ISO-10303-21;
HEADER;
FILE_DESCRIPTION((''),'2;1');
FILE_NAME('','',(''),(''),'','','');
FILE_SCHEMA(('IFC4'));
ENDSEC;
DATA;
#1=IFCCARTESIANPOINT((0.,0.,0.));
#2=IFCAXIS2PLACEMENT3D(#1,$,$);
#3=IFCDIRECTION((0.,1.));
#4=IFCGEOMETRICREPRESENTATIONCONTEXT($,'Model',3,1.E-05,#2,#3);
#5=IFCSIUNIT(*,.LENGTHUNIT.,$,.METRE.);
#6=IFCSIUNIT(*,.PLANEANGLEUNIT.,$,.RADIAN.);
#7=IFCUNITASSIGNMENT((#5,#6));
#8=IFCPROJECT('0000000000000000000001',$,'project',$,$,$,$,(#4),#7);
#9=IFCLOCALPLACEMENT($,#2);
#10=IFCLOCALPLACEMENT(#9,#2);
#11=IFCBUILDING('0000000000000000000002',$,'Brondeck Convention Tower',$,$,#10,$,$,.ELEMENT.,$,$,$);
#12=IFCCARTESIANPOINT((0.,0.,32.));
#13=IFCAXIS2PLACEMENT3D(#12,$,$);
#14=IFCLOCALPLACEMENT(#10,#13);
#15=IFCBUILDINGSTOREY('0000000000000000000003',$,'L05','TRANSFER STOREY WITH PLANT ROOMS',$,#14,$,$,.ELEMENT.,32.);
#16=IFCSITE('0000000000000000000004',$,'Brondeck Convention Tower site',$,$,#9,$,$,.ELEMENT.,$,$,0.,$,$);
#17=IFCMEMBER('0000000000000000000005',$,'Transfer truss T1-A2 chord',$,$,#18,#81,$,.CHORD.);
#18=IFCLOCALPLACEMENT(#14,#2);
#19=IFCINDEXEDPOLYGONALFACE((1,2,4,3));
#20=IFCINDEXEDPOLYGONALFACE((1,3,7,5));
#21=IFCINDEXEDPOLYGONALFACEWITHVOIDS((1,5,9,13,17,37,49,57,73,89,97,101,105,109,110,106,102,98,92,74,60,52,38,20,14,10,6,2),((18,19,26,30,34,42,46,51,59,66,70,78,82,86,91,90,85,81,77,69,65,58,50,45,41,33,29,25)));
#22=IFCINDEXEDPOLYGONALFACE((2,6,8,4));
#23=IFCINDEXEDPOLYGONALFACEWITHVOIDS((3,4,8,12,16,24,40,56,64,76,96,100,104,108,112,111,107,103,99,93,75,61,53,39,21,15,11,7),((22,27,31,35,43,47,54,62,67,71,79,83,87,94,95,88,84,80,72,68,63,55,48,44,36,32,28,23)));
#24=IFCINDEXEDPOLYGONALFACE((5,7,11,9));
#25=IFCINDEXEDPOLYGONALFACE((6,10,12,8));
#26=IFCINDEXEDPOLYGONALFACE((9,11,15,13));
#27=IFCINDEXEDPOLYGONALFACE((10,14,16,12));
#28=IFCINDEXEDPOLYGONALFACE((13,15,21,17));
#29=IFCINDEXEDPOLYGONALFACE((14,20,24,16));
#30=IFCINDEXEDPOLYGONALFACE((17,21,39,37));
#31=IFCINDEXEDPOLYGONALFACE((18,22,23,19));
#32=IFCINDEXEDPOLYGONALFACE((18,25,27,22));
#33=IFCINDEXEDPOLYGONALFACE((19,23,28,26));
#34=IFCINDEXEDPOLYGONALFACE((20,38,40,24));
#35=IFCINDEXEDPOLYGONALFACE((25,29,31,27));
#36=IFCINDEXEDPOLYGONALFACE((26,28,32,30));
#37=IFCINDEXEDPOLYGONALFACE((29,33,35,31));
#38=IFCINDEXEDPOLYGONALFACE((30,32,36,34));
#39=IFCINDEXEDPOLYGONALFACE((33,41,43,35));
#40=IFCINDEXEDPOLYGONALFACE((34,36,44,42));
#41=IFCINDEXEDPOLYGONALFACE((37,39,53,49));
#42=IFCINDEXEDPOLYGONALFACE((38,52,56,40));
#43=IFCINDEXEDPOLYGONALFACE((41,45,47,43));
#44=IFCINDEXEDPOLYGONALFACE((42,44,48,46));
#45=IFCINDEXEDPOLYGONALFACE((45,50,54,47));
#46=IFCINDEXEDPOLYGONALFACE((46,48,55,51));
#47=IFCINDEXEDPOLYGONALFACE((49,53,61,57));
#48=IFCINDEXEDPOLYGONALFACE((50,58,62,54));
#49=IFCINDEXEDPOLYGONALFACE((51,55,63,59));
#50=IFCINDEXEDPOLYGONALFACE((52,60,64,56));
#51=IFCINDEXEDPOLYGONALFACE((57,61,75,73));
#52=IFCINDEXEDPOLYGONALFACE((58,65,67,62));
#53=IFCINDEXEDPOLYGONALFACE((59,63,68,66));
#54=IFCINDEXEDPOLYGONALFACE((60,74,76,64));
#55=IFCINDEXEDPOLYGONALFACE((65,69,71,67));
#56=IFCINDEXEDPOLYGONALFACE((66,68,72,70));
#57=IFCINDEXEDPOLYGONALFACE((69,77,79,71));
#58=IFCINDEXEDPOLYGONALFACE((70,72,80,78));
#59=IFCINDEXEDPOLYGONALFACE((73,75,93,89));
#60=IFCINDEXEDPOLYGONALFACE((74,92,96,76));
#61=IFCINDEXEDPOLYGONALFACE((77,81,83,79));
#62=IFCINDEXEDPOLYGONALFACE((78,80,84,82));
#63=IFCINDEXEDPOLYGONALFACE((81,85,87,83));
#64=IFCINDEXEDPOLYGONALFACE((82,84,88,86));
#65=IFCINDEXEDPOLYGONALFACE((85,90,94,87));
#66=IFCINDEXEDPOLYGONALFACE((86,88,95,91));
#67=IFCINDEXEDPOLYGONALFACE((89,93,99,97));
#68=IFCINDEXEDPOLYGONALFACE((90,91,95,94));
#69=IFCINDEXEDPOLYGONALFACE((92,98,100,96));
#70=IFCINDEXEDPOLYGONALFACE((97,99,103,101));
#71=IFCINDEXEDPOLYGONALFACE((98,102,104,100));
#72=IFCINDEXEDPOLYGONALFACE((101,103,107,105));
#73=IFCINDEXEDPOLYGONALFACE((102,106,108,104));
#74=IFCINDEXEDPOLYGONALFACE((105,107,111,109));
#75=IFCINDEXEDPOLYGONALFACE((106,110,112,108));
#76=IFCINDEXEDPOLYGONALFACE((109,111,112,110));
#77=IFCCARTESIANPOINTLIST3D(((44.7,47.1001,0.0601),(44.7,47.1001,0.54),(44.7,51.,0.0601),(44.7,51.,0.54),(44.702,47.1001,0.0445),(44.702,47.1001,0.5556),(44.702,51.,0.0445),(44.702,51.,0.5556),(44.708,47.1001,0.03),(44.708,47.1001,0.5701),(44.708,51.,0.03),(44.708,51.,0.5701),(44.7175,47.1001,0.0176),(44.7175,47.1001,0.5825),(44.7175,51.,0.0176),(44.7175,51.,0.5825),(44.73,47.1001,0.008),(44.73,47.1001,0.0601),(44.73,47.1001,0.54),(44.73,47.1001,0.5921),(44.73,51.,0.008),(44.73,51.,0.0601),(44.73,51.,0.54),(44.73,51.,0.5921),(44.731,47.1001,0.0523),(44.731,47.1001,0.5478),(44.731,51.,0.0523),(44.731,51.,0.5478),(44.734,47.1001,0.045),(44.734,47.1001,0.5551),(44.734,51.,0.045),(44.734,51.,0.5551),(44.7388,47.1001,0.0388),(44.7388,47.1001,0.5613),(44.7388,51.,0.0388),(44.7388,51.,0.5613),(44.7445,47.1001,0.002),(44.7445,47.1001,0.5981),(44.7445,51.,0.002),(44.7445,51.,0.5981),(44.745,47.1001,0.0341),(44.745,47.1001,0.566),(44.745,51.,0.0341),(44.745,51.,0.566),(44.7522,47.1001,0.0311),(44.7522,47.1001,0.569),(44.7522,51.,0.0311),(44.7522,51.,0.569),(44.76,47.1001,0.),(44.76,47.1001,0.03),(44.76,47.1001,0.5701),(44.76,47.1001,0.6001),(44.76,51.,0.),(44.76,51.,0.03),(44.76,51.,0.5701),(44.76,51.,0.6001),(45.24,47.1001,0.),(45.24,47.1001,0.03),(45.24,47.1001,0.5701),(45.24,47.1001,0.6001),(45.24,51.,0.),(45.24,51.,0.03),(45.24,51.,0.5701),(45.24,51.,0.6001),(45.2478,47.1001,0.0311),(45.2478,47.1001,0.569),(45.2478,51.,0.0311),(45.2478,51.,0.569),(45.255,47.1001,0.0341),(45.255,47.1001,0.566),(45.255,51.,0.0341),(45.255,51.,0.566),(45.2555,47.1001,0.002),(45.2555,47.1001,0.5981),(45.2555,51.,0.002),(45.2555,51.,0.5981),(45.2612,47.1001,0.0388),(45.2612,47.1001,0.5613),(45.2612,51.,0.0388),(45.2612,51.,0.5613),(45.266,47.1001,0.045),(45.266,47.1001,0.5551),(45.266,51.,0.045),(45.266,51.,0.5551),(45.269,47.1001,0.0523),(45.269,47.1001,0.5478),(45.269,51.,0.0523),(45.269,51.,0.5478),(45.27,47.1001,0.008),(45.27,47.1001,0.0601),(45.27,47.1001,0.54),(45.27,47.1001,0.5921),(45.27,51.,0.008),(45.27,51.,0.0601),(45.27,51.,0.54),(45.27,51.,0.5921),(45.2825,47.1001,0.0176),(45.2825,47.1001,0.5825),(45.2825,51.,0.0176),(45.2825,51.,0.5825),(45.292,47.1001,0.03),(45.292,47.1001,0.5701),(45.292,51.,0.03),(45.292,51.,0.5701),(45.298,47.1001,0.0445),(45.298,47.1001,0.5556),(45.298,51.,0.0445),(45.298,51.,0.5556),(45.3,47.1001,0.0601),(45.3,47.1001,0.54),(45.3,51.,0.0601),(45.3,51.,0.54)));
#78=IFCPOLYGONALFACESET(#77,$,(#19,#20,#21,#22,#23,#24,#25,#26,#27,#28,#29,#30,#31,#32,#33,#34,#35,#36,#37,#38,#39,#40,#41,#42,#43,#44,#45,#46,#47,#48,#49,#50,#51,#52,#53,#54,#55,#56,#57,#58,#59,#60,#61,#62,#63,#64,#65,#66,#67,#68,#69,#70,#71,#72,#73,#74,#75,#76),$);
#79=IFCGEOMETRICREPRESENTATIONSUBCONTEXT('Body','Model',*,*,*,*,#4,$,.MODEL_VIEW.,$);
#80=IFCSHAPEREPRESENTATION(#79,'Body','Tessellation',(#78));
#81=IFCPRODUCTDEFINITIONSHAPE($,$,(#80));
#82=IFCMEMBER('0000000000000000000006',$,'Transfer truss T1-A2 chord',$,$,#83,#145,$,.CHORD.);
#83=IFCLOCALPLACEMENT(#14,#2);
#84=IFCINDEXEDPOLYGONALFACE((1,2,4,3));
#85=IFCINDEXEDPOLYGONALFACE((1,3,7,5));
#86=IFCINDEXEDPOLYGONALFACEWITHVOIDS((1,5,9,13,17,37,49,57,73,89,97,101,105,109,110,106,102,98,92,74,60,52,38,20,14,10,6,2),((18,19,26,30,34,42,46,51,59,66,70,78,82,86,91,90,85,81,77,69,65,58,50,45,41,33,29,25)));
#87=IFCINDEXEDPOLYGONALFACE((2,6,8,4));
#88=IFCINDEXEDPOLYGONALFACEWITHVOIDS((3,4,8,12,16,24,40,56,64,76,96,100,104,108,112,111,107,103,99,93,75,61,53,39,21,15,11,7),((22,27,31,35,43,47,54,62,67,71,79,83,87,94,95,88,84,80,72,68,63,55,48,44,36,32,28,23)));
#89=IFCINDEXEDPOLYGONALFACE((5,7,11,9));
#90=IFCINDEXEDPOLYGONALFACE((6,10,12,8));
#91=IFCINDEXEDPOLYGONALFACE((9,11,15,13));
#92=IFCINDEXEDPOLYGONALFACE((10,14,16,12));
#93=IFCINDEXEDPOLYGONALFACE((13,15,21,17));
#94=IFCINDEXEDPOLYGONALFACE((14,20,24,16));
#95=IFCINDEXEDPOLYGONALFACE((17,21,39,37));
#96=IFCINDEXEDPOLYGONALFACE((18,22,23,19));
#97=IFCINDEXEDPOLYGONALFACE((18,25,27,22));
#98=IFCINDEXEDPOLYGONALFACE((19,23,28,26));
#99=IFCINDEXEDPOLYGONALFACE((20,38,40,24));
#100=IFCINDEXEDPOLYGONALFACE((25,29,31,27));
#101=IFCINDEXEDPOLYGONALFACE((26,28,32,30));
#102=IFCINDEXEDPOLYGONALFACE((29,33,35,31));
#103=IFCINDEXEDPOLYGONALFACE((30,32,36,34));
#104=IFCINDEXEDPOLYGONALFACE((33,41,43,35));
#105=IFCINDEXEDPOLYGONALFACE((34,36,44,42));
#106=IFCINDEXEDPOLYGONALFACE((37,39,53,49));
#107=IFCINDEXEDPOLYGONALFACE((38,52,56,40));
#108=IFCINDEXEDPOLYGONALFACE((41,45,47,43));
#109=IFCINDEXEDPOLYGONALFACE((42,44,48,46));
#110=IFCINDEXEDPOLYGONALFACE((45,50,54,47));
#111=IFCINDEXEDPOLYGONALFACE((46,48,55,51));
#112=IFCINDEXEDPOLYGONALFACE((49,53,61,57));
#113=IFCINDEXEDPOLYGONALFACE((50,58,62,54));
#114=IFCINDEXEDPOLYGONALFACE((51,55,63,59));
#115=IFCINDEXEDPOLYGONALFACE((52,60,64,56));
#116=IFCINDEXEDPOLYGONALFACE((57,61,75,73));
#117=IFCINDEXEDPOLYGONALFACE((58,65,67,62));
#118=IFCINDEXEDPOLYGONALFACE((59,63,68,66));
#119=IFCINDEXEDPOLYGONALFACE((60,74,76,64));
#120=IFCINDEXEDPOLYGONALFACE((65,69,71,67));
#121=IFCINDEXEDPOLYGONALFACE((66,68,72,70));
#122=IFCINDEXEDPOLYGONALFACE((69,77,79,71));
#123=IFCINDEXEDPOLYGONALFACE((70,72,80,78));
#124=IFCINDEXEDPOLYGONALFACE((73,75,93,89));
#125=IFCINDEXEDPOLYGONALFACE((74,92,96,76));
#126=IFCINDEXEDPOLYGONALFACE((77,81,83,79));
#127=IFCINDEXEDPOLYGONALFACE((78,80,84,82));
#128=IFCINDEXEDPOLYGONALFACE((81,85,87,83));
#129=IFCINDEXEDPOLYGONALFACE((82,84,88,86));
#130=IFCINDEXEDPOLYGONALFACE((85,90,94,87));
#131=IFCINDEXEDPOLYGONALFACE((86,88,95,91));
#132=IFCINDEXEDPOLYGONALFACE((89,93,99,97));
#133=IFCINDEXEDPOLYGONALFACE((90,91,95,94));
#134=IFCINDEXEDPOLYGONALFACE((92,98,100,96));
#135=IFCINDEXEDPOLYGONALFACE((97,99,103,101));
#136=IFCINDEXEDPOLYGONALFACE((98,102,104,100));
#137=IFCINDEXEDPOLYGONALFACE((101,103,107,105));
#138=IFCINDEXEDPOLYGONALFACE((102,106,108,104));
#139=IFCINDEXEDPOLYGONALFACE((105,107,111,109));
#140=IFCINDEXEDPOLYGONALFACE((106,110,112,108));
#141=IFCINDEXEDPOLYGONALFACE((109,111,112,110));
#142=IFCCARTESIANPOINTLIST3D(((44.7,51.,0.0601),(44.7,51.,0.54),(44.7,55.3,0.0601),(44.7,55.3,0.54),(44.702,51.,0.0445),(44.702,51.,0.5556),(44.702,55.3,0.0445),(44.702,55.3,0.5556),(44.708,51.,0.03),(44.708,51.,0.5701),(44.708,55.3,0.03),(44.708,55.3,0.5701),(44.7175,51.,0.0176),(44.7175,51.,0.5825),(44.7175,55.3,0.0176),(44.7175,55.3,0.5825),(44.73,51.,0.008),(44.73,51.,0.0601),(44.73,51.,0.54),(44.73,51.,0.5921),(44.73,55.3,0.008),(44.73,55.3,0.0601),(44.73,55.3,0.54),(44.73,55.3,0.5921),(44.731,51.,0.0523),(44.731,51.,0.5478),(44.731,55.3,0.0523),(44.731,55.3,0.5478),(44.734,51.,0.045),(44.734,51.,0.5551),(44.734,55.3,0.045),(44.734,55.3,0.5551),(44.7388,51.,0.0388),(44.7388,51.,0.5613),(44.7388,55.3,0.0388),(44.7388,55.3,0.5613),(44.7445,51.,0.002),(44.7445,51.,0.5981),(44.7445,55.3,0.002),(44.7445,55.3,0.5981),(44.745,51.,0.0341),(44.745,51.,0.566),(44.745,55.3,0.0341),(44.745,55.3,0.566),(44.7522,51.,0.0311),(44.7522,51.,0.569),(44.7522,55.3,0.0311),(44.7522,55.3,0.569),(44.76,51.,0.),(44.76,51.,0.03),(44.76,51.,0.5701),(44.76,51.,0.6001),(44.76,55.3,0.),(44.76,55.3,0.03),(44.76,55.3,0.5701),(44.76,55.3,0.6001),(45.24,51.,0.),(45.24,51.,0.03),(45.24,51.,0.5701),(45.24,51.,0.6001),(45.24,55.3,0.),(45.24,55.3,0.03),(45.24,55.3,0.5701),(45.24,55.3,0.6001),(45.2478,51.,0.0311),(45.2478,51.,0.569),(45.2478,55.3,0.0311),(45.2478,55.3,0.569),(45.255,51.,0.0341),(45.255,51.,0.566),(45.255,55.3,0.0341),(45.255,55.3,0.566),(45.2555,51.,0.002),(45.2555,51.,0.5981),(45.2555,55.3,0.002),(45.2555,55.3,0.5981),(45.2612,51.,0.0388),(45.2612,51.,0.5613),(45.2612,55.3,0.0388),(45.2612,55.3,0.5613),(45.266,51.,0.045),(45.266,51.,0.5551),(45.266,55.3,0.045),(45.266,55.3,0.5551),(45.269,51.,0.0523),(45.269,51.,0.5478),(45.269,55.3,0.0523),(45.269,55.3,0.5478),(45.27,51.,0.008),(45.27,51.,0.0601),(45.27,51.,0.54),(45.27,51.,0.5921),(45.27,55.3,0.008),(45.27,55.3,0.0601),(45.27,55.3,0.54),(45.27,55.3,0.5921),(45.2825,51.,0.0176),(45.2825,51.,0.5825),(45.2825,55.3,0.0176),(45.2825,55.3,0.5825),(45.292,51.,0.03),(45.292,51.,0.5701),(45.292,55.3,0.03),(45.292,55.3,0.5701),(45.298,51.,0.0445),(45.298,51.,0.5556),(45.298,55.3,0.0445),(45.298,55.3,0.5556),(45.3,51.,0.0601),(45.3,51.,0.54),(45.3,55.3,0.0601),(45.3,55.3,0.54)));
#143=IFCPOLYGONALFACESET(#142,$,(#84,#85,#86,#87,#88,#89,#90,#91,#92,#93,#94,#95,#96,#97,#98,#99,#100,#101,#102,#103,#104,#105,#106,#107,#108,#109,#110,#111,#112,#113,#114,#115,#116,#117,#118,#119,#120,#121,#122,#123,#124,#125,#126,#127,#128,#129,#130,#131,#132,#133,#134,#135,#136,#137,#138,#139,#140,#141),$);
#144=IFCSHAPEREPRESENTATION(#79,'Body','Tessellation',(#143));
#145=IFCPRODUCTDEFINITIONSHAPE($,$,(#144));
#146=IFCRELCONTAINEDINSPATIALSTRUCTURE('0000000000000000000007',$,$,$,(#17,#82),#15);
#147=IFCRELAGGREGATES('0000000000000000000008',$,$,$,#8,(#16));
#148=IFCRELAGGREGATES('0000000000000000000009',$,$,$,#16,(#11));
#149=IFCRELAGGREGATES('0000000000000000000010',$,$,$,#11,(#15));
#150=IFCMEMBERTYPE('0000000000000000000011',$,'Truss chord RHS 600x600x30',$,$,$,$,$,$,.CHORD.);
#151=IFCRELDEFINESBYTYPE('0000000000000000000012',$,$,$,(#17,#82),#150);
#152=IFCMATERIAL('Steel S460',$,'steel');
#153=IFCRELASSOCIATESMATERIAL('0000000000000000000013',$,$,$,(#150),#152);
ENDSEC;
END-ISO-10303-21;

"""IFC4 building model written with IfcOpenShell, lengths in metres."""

from ifc_helpers import new_model, si_unit, direction, frame, origin, origin_2d, place, context, subcontext, project, spatial, hollow_rectangle, extrude, material, material_profile, profile_set, type_object, element, save


model = new_model("IFC4")

# Units and contexts
model_context = context("Model", 3, precision=1e-05, world=origin(), true_north=direction((0.0, 1.0)))
body_context = subcontext(model_context, "Body", "Model", "MODEL_VIEW")
ifc_project = project(units=[si_unit("LENGTHUNIT", "METRE"), si_unit("PLANEANGLEUNIT", "RADIAN")], contexts=[model_context])

# Site, building, storey
site_placement = place(None, origin())
site = spatial("IfcSite", under=ifc_project, at=site_placement, Name="Brondeck Convention Tower site", CompositionType="ELEMENT", RefElevation=0.0)
building_placement = place(site_placement, origin())
building = spatial("IfcBuilding", under=site, at=building_placement, Name="Brondeck Convention Tower", CompositionType="ELEMENT")
storey_placement = place(building_placement, frame((0.0, 0.0, 32.0)))
storey = spatial("IfcBuildingStorey", under=building, at=storey_placement, Name="L05", Description="TRANSFER STOREY WITH PLANT ROOMS", CompositionType="ELEMENT", Elevation=32.0)

# Shared definitions
ifc_material_1 = material(Name="Steel S460", Category="steel")

# Members
ifc_material_profile_1 = material_profile(ifc_material_1, hollow_rectangle(XDim=0.6001, YDim=0.6001, WallThickness=0.03, InnerFilletRadius=0.03, OuterFilletRadius=0.0601, at=origin_2d()), Name="RHS 600x600x30")
ifc_profile_set_1 = profile_set([ifc_material_profile_1], Name="Steel S460")
member_type_1 = type_object("IfcMemberType", Name="Truss chord RHS 600x600x30", PredefinedType="CHORD", material=ifc_profile_set_1)
member_1_placement = place(storey_placement, frame((45.0, 47.1001, 0.3), z_axis=(0.0, 1.0, 0.0), x_axis=(-1.0, 0.0, 0.0)))
element("IfcMember", 1, at=member_1_placement, inside=storey, type_object=member_type_1, Name="Transfer truss T1-A2 chord", PredefinedType="CHORD", context=body_context, shape_type="SweptSolid", body=[
    extrude(hollow_rectangle(XDim=0.6001, YDim=0.6001, WallThickness=0.03, InnerFilletRadius=0.03, OuterFilletRadius=0.0601, at=origin_2d()), origin(), (0.0, 0.0, 1.0), 3.8999),
])
for number, where, z_axis, x_axis, name in (
    (2, (45.0, 51.0, 0.3), (0.0, 1.0, 0.0), (-1.0, 0.0, 0.0), "Transfer truss T1-A2 chord"),
):
    element("IfcMember", number, at=place(storey_placement, frame(where, z_axis=z_axis, x_axis=x_axis)), inside=storey, type_object=member_type_1, Name=name, PredefinedType="CHORD", context=body_context, shape_type="SweptSolid", body=[
        extrude(hollow_rectangle(XDim=0.6001, YDim=0.6001, WallThickness=0.03, InnerFilletRadius=0.03, OuterFilletRadius=0.0601, at=origin_2d()), origin(), (0.0, 0.0, 1.0), 4.3),
    ])

save(model, "model.ifc")
